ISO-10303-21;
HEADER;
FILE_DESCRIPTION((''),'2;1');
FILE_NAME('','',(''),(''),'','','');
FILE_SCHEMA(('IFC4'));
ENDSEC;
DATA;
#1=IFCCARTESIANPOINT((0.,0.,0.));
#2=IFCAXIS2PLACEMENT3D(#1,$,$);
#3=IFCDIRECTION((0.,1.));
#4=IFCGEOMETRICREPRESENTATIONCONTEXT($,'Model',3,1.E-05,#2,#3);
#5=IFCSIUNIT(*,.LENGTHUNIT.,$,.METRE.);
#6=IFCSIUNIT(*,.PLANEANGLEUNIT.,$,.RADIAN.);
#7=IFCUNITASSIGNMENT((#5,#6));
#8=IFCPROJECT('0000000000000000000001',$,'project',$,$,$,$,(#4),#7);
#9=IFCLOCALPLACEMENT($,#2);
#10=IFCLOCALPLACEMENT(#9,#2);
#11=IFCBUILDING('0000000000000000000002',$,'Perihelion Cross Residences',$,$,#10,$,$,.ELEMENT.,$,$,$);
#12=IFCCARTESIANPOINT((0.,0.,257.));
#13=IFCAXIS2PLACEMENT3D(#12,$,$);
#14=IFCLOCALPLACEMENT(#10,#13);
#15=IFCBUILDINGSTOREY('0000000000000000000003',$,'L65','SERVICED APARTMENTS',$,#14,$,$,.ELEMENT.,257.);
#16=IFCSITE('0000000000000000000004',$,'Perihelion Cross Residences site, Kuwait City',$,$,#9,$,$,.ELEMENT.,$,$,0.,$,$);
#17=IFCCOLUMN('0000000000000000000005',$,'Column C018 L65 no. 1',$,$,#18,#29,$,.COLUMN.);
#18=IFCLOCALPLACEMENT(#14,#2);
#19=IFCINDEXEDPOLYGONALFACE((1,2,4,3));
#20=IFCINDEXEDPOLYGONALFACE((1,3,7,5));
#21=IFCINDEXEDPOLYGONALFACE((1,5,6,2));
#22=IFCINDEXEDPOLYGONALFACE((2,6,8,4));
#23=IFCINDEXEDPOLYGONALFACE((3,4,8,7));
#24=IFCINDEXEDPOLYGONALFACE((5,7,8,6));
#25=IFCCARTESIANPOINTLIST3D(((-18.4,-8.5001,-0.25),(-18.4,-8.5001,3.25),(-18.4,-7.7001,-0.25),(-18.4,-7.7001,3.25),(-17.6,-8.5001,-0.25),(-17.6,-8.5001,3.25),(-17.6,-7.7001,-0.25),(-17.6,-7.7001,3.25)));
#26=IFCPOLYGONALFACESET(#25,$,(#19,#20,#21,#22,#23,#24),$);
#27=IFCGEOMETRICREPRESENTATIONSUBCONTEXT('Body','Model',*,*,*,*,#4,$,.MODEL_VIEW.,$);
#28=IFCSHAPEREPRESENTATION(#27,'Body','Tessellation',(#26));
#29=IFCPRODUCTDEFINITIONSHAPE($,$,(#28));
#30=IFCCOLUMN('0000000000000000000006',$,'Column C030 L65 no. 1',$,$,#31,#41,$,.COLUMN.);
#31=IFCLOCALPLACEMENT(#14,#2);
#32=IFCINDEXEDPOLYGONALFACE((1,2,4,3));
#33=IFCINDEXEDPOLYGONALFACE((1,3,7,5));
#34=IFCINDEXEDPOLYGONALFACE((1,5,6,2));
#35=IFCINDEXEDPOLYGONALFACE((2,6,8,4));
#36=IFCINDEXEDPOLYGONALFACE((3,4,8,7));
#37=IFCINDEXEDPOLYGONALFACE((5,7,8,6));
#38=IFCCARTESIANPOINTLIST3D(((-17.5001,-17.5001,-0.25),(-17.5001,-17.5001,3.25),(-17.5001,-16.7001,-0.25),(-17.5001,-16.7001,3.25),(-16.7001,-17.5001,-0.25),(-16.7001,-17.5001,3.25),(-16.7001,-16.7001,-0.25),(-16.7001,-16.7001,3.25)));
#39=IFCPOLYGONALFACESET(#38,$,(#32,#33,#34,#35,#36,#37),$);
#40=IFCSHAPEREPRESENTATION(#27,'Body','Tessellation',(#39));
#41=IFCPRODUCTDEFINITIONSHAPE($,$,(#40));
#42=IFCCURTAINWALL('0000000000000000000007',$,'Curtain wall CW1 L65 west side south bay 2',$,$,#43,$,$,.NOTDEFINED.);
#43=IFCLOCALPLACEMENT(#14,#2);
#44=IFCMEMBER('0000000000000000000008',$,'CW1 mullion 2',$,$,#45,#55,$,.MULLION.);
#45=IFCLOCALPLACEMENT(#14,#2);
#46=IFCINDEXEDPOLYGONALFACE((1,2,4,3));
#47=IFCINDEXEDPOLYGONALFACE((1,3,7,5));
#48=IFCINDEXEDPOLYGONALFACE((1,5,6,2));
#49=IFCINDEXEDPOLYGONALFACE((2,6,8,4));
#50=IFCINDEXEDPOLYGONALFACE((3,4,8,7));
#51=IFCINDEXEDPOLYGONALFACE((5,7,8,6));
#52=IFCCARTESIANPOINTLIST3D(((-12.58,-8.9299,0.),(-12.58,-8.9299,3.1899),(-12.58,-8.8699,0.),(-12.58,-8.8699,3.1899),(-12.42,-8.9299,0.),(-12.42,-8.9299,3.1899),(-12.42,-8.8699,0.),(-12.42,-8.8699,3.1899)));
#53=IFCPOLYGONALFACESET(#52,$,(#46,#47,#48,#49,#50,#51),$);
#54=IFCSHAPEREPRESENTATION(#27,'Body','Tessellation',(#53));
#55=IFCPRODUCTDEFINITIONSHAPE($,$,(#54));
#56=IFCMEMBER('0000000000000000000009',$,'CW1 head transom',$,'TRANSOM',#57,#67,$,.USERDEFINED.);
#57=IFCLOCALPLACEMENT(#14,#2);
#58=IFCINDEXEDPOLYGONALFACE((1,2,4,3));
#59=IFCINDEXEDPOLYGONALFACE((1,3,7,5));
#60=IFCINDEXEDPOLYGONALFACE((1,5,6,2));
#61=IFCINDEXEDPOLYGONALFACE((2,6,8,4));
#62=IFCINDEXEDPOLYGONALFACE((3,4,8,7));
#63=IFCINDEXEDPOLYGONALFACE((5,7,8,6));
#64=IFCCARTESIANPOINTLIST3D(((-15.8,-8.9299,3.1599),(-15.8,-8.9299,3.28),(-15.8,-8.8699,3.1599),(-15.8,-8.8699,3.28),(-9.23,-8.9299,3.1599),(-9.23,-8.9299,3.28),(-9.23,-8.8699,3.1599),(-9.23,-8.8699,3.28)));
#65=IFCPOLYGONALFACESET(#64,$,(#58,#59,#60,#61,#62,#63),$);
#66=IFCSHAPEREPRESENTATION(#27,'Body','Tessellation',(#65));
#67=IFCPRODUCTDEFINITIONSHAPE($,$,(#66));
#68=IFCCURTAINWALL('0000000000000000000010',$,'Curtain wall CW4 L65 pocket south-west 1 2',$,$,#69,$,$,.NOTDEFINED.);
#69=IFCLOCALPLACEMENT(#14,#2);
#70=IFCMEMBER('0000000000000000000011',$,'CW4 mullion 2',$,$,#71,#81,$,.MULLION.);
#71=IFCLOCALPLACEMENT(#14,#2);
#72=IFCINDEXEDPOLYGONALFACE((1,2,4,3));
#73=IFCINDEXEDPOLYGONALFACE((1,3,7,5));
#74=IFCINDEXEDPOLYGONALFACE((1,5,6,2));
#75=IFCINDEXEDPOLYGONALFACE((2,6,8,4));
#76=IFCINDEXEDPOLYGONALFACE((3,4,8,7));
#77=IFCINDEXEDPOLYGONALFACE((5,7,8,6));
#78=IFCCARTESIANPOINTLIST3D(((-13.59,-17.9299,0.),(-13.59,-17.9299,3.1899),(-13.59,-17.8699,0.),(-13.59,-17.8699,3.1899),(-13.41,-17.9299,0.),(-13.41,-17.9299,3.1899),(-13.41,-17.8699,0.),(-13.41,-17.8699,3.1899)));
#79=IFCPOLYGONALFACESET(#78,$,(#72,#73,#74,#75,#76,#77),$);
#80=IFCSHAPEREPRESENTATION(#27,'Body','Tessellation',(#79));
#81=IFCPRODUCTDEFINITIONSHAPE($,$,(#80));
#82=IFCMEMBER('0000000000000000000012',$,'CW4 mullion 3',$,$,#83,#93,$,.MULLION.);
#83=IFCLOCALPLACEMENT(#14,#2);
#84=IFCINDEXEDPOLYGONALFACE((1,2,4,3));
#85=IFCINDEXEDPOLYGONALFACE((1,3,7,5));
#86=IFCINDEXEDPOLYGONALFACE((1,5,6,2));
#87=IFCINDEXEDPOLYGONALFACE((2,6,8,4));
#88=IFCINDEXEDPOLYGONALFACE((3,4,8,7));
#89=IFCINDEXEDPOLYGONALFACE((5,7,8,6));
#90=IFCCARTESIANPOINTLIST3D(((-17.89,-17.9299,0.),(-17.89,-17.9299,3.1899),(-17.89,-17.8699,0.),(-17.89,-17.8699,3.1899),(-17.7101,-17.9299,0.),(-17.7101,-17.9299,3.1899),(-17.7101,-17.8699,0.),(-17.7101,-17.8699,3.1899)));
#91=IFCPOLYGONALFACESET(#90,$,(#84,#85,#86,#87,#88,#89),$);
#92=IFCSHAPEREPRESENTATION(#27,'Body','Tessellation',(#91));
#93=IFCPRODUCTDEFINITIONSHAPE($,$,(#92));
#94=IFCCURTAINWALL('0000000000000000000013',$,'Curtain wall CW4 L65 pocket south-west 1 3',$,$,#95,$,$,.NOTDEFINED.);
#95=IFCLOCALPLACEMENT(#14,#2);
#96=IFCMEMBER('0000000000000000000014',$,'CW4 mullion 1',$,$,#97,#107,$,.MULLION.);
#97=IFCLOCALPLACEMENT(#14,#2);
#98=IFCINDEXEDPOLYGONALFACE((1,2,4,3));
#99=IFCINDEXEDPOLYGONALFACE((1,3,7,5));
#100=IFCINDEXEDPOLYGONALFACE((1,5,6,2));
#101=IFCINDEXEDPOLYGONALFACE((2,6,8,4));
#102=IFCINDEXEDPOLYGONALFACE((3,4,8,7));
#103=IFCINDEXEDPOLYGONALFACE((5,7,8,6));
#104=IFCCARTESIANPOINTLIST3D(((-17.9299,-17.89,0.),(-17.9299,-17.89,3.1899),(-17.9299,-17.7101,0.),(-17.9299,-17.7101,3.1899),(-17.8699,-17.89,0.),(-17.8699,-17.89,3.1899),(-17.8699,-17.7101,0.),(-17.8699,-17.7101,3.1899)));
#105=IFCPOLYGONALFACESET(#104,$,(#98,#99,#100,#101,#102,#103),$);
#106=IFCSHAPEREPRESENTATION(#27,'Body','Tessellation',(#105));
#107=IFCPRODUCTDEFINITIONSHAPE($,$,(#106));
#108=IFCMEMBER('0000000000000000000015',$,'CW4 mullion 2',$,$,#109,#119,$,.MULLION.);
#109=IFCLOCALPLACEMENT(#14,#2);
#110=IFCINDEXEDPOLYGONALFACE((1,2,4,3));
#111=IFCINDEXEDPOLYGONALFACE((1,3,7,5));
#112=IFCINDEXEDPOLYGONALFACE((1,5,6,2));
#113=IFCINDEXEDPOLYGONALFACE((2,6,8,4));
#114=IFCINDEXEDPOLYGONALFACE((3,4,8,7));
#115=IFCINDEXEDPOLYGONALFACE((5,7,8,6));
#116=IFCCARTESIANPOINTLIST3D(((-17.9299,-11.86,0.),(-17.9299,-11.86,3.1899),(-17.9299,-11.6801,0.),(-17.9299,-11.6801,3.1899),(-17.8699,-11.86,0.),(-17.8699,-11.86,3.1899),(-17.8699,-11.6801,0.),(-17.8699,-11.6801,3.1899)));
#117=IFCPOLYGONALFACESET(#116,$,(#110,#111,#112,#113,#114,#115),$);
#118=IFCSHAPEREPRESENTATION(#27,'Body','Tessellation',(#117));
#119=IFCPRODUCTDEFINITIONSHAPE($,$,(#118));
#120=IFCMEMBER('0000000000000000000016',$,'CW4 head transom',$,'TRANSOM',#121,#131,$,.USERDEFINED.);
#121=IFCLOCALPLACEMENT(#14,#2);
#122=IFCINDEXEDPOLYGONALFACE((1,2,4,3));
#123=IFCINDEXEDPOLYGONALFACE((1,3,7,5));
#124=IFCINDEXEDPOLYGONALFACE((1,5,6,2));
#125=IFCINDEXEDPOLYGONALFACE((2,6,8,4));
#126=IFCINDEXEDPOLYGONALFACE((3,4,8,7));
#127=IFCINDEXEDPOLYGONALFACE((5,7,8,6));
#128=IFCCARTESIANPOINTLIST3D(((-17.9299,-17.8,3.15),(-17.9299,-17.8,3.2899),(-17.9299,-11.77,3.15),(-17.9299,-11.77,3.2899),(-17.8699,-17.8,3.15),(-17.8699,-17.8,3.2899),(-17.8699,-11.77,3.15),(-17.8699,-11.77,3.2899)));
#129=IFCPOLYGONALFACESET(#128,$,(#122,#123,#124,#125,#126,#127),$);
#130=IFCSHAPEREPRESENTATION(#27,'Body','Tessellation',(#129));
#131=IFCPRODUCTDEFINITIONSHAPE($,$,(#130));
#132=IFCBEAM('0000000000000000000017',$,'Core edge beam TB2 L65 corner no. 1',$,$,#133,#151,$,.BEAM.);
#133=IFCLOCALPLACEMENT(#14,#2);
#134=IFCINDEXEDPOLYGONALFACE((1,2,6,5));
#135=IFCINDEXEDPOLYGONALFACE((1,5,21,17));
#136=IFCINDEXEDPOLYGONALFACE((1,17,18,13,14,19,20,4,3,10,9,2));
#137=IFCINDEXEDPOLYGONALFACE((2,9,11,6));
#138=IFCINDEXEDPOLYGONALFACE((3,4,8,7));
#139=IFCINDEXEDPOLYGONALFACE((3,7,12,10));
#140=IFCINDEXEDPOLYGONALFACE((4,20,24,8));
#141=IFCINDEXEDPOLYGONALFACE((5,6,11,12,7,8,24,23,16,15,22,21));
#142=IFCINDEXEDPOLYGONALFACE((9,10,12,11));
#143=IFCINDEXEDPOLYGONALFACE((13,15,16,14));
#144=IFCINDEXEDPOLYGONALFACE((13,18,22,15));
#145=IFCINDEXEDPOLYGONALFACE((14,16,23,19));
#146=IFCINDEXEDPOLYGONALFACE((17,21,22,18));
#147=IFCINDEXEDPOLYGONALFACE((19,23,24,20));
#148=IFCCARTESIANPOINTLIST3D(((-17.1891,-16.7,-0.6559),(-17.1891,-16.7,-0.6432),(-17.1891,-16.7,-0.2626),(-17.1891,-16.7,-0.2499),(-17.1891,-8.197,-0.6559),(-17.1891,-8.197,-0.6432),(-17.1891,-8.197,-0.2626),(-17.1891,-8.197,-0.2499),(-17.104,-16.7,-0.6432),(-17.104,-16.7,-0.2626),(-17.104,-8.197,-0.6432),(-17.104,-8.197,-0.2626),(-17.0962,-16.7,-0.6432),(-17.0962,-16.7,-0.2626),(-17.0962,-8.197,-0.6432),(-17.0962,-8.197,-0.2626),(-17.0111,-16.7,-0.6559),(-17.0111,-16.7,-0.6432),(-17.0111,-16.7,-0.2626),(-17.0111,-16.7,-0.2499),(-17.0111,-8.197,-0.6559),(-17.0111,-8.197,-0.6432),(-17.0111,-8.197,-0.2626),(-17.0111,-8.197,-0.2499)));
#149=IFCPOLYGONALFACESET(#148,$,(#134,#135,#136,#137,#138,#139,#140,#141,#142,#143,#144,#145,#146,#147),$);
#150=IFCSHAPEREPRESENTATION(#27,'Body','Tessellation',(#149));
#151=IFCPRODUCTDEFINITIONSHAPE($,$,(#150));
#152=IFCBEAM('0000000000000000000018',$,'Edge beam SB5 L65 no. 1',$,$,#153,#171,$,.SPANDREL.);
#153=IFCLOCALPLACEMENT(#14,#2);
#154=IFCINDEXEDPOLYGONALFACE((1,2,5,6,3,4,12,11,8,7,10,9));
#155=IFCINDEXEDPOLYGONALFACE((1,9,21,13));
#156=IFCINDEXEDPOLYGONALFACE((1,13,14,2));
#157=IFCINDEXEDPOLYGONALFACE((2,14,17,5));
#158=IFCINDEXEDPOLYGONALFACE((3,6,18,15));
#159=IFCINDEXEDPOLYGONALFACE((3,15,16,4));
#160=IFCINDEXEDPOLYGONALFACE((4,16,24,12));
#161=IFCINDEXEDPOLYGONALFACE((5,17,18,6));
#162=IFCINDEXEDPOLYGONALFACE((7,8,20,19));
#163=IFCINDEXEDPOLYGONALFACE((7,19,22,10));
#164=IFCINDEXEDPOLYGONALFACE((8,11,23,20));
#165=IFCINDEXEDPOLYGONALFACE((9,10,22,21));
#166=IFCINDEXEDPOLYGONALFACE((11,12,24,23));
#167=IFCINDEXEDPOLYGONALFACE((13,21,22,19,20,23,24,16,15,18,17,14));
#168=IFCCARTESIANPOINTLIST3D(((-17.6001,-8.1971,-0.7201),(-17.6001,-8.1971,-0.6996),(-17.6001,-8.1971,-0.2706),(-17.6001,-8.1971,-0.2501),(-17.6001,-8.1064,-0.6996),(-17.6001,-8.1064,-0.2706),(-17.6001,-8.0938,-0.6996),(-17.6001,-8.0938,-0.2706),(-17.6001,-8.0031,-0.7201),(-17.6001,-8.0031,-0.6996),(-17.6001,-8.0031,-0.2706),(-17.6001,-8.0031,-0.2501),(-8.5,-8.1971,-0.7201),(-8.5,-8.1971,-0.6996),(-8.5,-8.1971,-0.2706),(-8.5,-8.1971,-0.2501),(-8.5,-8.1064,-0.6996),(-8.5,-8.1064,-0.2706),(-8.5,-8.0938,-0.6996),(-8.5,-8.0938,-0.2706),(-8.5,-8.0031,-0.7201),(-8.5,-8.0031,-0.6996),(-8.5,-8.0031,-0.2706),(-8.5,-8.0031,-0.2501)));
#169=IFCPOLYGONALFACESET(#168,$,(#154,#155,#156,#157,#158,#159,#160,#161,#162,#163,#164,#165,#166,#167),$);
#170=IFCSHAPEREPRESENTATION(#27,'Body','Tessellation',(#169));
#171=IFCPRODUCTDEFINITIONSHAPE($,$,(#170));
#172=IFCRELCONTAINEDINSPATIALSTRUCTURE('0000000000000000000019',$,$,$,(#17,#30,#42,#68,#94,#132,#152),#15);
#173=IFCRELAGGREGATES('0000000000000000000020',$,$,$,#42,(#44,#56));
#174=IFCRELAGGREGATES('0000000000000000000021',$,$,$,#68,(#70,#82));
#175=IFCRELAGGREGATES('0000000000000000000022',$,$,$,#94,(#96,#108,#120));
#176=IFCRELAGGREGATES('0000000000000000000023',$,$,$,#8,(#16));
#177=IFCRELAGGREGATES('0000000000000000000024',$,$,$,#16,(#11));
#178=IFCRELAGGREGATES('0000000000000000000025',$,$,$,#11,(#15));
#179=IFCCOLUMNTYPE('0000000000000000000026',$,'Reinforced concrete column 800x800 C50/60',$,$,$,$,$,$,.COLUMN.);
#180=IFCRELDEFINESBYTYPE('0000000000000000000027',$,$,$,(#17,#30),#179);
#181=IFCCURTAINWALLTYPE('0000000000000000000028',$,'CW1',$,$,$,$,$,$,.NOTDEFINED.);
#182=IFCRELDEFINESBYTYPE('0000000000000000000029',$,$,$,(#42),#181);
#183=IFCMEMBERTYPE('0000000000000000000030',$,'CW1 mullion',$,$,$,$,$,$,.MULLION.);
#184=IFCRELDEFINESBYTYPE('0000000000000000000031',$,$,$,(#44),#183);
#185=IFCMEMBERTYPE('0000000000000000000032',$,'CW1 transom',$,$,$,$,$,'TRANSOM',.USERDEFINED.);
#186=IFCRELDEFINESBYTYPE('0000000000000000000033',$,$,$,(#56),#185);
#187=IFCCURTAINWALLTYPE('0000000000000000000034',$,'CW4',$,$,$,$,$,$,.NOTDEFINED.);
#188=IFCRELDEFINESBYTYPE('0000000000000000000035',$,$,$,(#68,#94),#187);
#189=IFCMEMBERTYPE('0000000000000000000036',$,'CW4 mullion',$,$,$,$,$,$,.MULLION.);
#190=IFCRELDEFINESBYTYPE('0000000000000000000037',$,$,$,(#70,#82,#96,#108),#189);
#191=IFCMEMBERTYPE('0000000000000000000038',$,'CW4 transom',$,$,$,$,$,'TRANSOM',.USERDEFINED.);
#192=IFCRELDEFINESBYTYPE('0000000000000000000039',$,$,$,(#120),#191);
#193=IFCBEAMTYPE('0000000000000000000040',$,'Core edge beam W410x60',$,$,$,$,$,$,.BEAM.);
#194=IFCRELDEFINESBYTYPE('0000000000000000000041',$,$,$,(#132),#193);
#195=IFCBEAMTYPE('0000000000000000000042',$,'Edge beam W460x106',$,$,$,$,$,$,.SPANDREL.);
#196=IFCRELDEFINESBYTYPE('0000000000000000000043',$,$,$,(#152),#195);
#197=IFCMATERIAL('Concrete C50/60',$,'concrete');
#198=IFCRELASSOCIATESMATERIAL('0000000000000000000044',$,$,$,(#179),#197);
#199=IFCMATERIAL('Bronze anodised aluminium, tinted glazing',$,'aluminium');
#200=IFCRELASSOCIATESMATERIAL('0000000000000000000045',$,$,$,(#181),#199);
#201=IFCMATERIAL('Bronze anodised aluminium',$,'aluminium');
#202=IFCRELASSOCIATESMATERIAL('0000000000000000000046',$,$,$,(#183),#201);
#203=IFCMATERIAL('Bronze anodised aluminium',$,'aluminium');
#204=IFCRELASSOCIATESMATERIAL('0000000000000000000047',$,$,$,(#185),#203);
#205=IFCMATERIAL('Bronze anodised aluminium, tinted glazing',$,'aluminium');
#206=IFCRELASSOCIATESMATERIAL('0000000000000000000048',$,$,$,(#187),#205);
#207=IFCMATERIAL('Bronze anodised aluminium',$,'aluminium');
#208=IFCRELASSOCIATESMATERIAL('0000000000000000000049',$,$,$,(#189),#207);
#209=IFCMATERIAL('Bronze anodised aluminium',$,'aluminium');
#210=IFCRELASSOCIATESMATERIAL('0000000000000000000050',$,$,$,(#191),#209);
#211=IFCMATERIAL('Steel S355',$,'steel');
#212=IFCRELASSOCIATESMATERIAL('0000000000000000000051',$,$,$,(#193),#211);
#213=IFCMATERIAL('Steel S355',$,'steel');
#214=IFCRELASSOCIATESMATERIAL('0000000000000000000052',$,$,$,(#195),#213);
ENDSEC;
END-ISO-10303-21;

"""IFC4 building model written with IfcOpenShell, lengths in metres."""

from ifc_helpers import new_model, si_unit, direction, frame, origin, origin_2d, place, context, subcontext, project, spatial, rectangle, i_section, extrude, material, material_profile, profile_set, type_object, element, aggregate, save


model = new_model("IFC4")

# Units and contexts
model_context = context("Model", 3, precision=1e-05, world=origin(), true_north=direction((0.0, 1.0)))
body_context = subcontext(model_context, "Body", "Model", "MODEL_VIEW")
ifc_project = project(units=[si_unit("LENGTHUNIT", "METRE"), si_unit("PLANEANGLEUNIT", "RADIAN")], contexts=[model_context])

# Site, building, storey
site_placement = place(None, origin())
site = spatial("IfcSite", under=ifc_project, at=site_placement, Name="Perihelion Cross Residences site, Kuwait City", CompositionType="ELEMENT", RefElevation=0.0)
building_placement = place(site_placement, origin())
building = spatial("IfcBuilding", under=site, at=building_placement, Name="Perihelion Cross Residences", CompositionType="ELEMENT")
storey_placement = place(building_placement, frame((0.0, 0.0, 257.0)))
storey = spatial("IfcBuildingStorey", under=building, at=storey_placement, Name="L65", Description="SERVICED APARTMENTS", CompositionType="ELEMENT", Elevation=257.0)

# Columns
ifc_material_1 = material(Name="Concrete C50/60", Category="concrete")
ifc_material_profile_1 = material_profile(ifc_material_1, rectangle(XDim=0.8, YDim=0.8, at=origin_2d()), Name="RC 800x800")
ifc_profile_set_1 = profile_set([ifc_material_profile_1], Name="Concrete C50/60")
column_type = type_object("IfcColumnType", Name="Reinforced concrete column 800x800 C50/60", PredefinedType="COLUMN", material=ifc_profile_set_1)
for number, where, z_axis, x_axis, name in (
    (1, (-18.0, -8.1001, -0.25), (0.0, 0.0, 1.0), (1.0, 0.0, 0.0), "Column C018 L65 no. 1"),
    (2, (-17.1001, -17.1001, -0.25), (0.0, 0.0, 1.0), (1.0, 0.0, 0.0), "Column C030 L65 no. 1"),
):
    element("IfcColumn", number, at=place(storey_placement, frame(where, z_axis=z_axis, x_axis=x_axis)), inside=storey, type_object=column_type, Name=name, PredefinedType="COLUMN", context=body_context, shape_type="SweptSolid", body=[
        extrude(rectangle(XDim=0.8, YDim=0.8, at=origin_2d()), origin(), (0.0, 0.0, 1.0), 3.5),
    ])

# Curtain walls, members
ifc_material_2 = material(Name="Bronze anodised aluminium, tinted glazing", Category="aluminium")
curtain_wall_type_1 = type_object("IfcCurtainWallType", Name="CW1", PredefinedType="NOTDEFINED", material=ifc_material_2)
curtain_wall_1_placement = place(storey_placement, origin())
curtain_wall_1 = element("IfcCurtainWall", 3, at=curtain_wall_1_placement, inside=storey, type_object=curtain_wall_type_1, Name="Curtain wall CW1 L65 west side south bay 2", PredefinedType="NOTDEFINED")
ifc_material_3 = material(Name="Bronze anodised aluminium", Category="aluminium")
ifc_material_profile_2 = material_profile(ifc_material_3, rectangle(XDim=0.0601, YDim=0.1599, at=origin_2d()), Name="CW1 mullion")
ifc_profile_set_2 = profile_set([ifc_material_profile_2], Name="Bronze anodised aluminium")
member_type_1 = type_object("IfcMemberType", Name="CW1 mullion", PredefinedType="MULLION", material=ifc_profile_set_2)
member_1_placement = place(storey_placement, frame((-12.5, -8.8999, 0.0), z_axis=(0.0, 0.0, 1.0), x_axis=(0.0, 1.0, 0.0)))
member_1 = element("IfcMember", 4, at=member_1_placement, type_object=member_type_1, Name="CW1 mullion 2", PredefinedType="MULLION", context=body_context, shape_type="SweptSolid", body=[
    extrude(rectangle(XDim=0.0601, YDim=0.1599, at=origin_2d()), origin(), (0.0, 0.0, 1.0), 3.1899),
])
ifc_material_4 = material(Name="Bronze anodised aluminium", Category="aluminium")
ifc_material_profile_3 = material_profile(ifc_material_4, rectangle(XDim=0.0601, YDim=0.1201, at=origin_2d()), Name="CW1 transom")
ifc_profile_set_3 = profile_set([ifc_material_profile_3], Name="Bronze anodised aluminium")
member_type_2 = type_object("IfcMemberType", Name="CW1 transom", ElementType="TRANSOM", PredefinedType="USERDEFINED", material=ifc_profile_set_3)
member_2_placement = place(storey_placement, frame((-15.8, -8.8999, 3.22), z_axis=(1.0, 0.0, 0.0), x_axis=(0.0, 1.0, 0.0)))
member_2 = element("IfcMember", 5, at=member_2_placement, type_object=member_type_2, Name="CW1 head transom", ObjectType="TRANSOM", PredefinedType="USERDEFINED", context=body_context, shape_type="SweptSolid", body=[
    extrude(rectangle(XDim=0.0601, YDim=0.1201, at=origin_2d()), origin(), (0.0, 0.0, 1.0), 6.5701),
])
ifc_material_5 = material(Name="Bronze anodised aluminium, tinted glazing", Category="aluminium")
curtain_wall_type_2 = type_object("IfcCurtainWallType", Name="CW4", PredefinedType="NOTDEFINED", material=ifc_material_5)
curtain_wall_2_placement = place(storey_placement, origin())
curtain_wall_2 = element("IfcCurtainWall", 6, at=curtain_wall_2_placement, inside=storey, type_object=curtain_wall_type_2, Name="Curtain wall CW4 L65 pocket south-west 1 2", PredefinedType="NOTDEFINED")
ifc_material_6 = material(Name="Bronze anodised aluminium", Category="aluminium")
ifc_material_profile_4 = material_profile(ifc_material_6, rectangle(XDim=0.0601, YDim=0.1799, at=origin_2d()), Name="CW4 mullion")
ifc_profile_set_4 = profile_set([ifc_material_profile_4], Name="Bronze anodised aluminium")
member_type_3 = type_object("IfcMemberType", Name="CW4 mullion", PredefinedType="MULLION", material=ifc_profile_set_4)
member_3_placement = place(storey_placement, frame((-13.5, -17.8999, 0.0), z_axis=(0.0, 0.0, 1.0), x_axis=(0.0, -1.0, 0.0)))
member_3 = element("IfcMember", 7, at=member_3_placement, type_object=member_type_3, Name="CW4 mullion 2", PredefinedType="MULLION", context=body_context, shape_type="SweptSolid", body=[
    extrude(rectangle(XDim=0.0601, YDim=0.1799, at=origin_2d()), origin(), (0.0, 0.0, 1.0), 3.1899),
])
member_4_placement = place(storey_placement, frame((-17.8, -17.8999, 0.0), z_axis=(0.0, 0.0, 1.0), x_axis=(0.0, -1.0, 0.0)))
member_4 = element("IfcMember", 8, at=member_4_placement, type_object=member_type_3, Name="CW4 mullion 3", PredefinedType="MULLION", context=body_context, shape_type="SweptSolid", body=[
    extrude(rectangle(XDim=0.0601, YDim=0.1799, at=origin_2d()), origin(), (0.0, 0.0, 1.0), 3.1899),
])
curtain_wall_3_placement = place(storey_placement, origin())
curtain_wall_3 = element("IfcCurtainWall", 9, at=curtain_wall_3_placement, inside=storey, type_object=curtain_wall_type_2, Name="Curtain wall CW4 L65 pocket south-west 1 3", PredefinedType="NOTDEFINED")
member_5_placement = place(storey_placement, frame((-17.8999, -17.8, 0.0), z_axis=(0.0, 0.0, 1.0), x_axis=(-1.0, 0.0, 0.0)))
member_5 = element("IfcMember", 10, at=member_5_placement, type_object=member_type_3, Name="CW4 mullion 1", PredefinedType="MULLION", context=body_context, shape_type="SweptSolid", body=[
    extrude(rectangle(XDim=0.0601, YDim=0.1799, at=origin_2d()), origin(), (0.0, 0.0, 1.0), 3.1899),
])
member_6_placement = place(storey_placement, frame((-17.8999, -11.77, 0.0), z_axis=(0.0, 0.0, 1.0), x_axis=(-1.0, 0.0, 0.0)))
member_6 = element("IfcMember", 11, at=member_6_placement, type_object=member_type_3, Name="CW4 mullion 2", PredefinedType="MULLION", context=body_context, shape_type="SweptSolid", body=[
    extrude(rectangle(XDim=0.0601, YDim=0.1799, at=origin_2d()), origin(), (0.0, 0.0, 1.0), 3.1899),
])
ifc_material_7 = material(Name="Bronze anodised aluminium", Category="aluminium")
ifc_material_profile_5 = material_profile(ifc_material_7, rectangle(XDim=0.0601, YDim=0.1399, at=origin_2d()), Name="CW4 transom")
ifc_profile_set_5 = profile_set([ifc_material_profile_5], Name="Bronze anodised aluminium")
member_type_4 = type_object("IfcMemberType", Name="CW4 transom", ElementType="TRANSOM", PredefinedType="USERDEFINED", material=ifc_profile_set_5)
member_7_placement = place(storey_placement, frame((-17.8999, -17.8, 3.22), z_axis=(0.0, 1.0, 0.0), x_axis=(-1.0, 0.0, 0.0)))
member_7 = element("IfcMember", 12, at=member_7_placement, type_object=member_type_4, Name="CW4 head transom", ObjectType="TRANSOM", PredefinedType="USERDEFINED", context=body_context, shape_type="SweptSolid", body=[
    extrude(rectangle(XDim=0.0601, YDim=0.1399, at=origin_2d()), origin(), (0.0, 0.0, 1.0), 6.03),
])

# Beams
ifc_material_8 = material(Name="Steel S355", Category="steel")
ifc_material_profile_6 = material_profile(ifc_material_8, i_section(OverallWidth=0.178, OverallDepth=0.406, WebThickness=0.0078, FlangeThickness=0.0127, at=origin_2d()), Name="W410x60")
ifc_profile_set_6 = profile_set([ifc_material_profile_6], Name="Steel S355")
beam_type_1 = type_object("IfcBeamType", Name="Core edge beam W410x60", PredefinedType="BEAM", material=ifc_profile_set_6)
beam_1_placement = place(storey_placement, frame((-17.1001, -8.197, -0.4529), z_axis=(0.0, -1.0, 0.0), x_axis=(1.0, 0.0, 0.0)))
element("IfcBeam", 13, at=beam_1_placement, inside=storey, type_object=beam_type_1, Name="Core edge beam TB2 L65 corner no. 1", PredefinedType="BEAM", context=body_context, shape_type="SweptSolid", body=[
    extrude(i_section(OverallWidth=0.178, OverallDepth=0.406, WebThickness=0.0078, FlangeThickness=0.0127, at=origin_2d()), origin(), (0.0, 0.0, 1.0), 8.5029),
])
ifc_material_9 = material(Name="Steel S355", Category="steel")
ifc_material_profile_7 = material_profile(ifc_material_9, i_section(OverallWidth=0.1941, OverallDepth=0.47, WebThickness=0.0127, FlangeThickness=0.0205, at=origin_2d()), Name="W460x106")
ifc_profile_set_7 = profile_set([ifc_material_profile_7], Name="Steel S355")
beam_type_2 = type_object("IfcBeamType", Name="Edge beam W460x106", PredefinedType="SPANDREL", material=ifc_profile_set_7)
beam_2_placement = place(storey_placement, frame((-17.6001, -8.1001, -0.4851), z_axis=(1.0, 0.0, 0.0), x_axis=(0.0, 1.0, 0.0)))
element("IfcBeam", 14, at=beam_2_placement, inside=storey, type_object=beam_type_2, Name="Edge beam SB5 L65 no. 1", PredefinedType="SPANDREL", context=body_context, shape_type="SweptSolid", body=[
    extrude(i_section(OverallWidth=0.1941, OverallDepth=0.47, WebThickness=0.0127, FlangeThickness=0.0205, at=origin_2d()), origin(), (0.0, 0.0, 1.0), 9.1001),
])

aggregate(curtain_wall_1, [member_1, member_2])
aggregate(curtain_wall_2, [member_3, member_4])
aggregate(curtain_wall_3, [member_5, member_6, member_7])

save(model, "model.ifc")
